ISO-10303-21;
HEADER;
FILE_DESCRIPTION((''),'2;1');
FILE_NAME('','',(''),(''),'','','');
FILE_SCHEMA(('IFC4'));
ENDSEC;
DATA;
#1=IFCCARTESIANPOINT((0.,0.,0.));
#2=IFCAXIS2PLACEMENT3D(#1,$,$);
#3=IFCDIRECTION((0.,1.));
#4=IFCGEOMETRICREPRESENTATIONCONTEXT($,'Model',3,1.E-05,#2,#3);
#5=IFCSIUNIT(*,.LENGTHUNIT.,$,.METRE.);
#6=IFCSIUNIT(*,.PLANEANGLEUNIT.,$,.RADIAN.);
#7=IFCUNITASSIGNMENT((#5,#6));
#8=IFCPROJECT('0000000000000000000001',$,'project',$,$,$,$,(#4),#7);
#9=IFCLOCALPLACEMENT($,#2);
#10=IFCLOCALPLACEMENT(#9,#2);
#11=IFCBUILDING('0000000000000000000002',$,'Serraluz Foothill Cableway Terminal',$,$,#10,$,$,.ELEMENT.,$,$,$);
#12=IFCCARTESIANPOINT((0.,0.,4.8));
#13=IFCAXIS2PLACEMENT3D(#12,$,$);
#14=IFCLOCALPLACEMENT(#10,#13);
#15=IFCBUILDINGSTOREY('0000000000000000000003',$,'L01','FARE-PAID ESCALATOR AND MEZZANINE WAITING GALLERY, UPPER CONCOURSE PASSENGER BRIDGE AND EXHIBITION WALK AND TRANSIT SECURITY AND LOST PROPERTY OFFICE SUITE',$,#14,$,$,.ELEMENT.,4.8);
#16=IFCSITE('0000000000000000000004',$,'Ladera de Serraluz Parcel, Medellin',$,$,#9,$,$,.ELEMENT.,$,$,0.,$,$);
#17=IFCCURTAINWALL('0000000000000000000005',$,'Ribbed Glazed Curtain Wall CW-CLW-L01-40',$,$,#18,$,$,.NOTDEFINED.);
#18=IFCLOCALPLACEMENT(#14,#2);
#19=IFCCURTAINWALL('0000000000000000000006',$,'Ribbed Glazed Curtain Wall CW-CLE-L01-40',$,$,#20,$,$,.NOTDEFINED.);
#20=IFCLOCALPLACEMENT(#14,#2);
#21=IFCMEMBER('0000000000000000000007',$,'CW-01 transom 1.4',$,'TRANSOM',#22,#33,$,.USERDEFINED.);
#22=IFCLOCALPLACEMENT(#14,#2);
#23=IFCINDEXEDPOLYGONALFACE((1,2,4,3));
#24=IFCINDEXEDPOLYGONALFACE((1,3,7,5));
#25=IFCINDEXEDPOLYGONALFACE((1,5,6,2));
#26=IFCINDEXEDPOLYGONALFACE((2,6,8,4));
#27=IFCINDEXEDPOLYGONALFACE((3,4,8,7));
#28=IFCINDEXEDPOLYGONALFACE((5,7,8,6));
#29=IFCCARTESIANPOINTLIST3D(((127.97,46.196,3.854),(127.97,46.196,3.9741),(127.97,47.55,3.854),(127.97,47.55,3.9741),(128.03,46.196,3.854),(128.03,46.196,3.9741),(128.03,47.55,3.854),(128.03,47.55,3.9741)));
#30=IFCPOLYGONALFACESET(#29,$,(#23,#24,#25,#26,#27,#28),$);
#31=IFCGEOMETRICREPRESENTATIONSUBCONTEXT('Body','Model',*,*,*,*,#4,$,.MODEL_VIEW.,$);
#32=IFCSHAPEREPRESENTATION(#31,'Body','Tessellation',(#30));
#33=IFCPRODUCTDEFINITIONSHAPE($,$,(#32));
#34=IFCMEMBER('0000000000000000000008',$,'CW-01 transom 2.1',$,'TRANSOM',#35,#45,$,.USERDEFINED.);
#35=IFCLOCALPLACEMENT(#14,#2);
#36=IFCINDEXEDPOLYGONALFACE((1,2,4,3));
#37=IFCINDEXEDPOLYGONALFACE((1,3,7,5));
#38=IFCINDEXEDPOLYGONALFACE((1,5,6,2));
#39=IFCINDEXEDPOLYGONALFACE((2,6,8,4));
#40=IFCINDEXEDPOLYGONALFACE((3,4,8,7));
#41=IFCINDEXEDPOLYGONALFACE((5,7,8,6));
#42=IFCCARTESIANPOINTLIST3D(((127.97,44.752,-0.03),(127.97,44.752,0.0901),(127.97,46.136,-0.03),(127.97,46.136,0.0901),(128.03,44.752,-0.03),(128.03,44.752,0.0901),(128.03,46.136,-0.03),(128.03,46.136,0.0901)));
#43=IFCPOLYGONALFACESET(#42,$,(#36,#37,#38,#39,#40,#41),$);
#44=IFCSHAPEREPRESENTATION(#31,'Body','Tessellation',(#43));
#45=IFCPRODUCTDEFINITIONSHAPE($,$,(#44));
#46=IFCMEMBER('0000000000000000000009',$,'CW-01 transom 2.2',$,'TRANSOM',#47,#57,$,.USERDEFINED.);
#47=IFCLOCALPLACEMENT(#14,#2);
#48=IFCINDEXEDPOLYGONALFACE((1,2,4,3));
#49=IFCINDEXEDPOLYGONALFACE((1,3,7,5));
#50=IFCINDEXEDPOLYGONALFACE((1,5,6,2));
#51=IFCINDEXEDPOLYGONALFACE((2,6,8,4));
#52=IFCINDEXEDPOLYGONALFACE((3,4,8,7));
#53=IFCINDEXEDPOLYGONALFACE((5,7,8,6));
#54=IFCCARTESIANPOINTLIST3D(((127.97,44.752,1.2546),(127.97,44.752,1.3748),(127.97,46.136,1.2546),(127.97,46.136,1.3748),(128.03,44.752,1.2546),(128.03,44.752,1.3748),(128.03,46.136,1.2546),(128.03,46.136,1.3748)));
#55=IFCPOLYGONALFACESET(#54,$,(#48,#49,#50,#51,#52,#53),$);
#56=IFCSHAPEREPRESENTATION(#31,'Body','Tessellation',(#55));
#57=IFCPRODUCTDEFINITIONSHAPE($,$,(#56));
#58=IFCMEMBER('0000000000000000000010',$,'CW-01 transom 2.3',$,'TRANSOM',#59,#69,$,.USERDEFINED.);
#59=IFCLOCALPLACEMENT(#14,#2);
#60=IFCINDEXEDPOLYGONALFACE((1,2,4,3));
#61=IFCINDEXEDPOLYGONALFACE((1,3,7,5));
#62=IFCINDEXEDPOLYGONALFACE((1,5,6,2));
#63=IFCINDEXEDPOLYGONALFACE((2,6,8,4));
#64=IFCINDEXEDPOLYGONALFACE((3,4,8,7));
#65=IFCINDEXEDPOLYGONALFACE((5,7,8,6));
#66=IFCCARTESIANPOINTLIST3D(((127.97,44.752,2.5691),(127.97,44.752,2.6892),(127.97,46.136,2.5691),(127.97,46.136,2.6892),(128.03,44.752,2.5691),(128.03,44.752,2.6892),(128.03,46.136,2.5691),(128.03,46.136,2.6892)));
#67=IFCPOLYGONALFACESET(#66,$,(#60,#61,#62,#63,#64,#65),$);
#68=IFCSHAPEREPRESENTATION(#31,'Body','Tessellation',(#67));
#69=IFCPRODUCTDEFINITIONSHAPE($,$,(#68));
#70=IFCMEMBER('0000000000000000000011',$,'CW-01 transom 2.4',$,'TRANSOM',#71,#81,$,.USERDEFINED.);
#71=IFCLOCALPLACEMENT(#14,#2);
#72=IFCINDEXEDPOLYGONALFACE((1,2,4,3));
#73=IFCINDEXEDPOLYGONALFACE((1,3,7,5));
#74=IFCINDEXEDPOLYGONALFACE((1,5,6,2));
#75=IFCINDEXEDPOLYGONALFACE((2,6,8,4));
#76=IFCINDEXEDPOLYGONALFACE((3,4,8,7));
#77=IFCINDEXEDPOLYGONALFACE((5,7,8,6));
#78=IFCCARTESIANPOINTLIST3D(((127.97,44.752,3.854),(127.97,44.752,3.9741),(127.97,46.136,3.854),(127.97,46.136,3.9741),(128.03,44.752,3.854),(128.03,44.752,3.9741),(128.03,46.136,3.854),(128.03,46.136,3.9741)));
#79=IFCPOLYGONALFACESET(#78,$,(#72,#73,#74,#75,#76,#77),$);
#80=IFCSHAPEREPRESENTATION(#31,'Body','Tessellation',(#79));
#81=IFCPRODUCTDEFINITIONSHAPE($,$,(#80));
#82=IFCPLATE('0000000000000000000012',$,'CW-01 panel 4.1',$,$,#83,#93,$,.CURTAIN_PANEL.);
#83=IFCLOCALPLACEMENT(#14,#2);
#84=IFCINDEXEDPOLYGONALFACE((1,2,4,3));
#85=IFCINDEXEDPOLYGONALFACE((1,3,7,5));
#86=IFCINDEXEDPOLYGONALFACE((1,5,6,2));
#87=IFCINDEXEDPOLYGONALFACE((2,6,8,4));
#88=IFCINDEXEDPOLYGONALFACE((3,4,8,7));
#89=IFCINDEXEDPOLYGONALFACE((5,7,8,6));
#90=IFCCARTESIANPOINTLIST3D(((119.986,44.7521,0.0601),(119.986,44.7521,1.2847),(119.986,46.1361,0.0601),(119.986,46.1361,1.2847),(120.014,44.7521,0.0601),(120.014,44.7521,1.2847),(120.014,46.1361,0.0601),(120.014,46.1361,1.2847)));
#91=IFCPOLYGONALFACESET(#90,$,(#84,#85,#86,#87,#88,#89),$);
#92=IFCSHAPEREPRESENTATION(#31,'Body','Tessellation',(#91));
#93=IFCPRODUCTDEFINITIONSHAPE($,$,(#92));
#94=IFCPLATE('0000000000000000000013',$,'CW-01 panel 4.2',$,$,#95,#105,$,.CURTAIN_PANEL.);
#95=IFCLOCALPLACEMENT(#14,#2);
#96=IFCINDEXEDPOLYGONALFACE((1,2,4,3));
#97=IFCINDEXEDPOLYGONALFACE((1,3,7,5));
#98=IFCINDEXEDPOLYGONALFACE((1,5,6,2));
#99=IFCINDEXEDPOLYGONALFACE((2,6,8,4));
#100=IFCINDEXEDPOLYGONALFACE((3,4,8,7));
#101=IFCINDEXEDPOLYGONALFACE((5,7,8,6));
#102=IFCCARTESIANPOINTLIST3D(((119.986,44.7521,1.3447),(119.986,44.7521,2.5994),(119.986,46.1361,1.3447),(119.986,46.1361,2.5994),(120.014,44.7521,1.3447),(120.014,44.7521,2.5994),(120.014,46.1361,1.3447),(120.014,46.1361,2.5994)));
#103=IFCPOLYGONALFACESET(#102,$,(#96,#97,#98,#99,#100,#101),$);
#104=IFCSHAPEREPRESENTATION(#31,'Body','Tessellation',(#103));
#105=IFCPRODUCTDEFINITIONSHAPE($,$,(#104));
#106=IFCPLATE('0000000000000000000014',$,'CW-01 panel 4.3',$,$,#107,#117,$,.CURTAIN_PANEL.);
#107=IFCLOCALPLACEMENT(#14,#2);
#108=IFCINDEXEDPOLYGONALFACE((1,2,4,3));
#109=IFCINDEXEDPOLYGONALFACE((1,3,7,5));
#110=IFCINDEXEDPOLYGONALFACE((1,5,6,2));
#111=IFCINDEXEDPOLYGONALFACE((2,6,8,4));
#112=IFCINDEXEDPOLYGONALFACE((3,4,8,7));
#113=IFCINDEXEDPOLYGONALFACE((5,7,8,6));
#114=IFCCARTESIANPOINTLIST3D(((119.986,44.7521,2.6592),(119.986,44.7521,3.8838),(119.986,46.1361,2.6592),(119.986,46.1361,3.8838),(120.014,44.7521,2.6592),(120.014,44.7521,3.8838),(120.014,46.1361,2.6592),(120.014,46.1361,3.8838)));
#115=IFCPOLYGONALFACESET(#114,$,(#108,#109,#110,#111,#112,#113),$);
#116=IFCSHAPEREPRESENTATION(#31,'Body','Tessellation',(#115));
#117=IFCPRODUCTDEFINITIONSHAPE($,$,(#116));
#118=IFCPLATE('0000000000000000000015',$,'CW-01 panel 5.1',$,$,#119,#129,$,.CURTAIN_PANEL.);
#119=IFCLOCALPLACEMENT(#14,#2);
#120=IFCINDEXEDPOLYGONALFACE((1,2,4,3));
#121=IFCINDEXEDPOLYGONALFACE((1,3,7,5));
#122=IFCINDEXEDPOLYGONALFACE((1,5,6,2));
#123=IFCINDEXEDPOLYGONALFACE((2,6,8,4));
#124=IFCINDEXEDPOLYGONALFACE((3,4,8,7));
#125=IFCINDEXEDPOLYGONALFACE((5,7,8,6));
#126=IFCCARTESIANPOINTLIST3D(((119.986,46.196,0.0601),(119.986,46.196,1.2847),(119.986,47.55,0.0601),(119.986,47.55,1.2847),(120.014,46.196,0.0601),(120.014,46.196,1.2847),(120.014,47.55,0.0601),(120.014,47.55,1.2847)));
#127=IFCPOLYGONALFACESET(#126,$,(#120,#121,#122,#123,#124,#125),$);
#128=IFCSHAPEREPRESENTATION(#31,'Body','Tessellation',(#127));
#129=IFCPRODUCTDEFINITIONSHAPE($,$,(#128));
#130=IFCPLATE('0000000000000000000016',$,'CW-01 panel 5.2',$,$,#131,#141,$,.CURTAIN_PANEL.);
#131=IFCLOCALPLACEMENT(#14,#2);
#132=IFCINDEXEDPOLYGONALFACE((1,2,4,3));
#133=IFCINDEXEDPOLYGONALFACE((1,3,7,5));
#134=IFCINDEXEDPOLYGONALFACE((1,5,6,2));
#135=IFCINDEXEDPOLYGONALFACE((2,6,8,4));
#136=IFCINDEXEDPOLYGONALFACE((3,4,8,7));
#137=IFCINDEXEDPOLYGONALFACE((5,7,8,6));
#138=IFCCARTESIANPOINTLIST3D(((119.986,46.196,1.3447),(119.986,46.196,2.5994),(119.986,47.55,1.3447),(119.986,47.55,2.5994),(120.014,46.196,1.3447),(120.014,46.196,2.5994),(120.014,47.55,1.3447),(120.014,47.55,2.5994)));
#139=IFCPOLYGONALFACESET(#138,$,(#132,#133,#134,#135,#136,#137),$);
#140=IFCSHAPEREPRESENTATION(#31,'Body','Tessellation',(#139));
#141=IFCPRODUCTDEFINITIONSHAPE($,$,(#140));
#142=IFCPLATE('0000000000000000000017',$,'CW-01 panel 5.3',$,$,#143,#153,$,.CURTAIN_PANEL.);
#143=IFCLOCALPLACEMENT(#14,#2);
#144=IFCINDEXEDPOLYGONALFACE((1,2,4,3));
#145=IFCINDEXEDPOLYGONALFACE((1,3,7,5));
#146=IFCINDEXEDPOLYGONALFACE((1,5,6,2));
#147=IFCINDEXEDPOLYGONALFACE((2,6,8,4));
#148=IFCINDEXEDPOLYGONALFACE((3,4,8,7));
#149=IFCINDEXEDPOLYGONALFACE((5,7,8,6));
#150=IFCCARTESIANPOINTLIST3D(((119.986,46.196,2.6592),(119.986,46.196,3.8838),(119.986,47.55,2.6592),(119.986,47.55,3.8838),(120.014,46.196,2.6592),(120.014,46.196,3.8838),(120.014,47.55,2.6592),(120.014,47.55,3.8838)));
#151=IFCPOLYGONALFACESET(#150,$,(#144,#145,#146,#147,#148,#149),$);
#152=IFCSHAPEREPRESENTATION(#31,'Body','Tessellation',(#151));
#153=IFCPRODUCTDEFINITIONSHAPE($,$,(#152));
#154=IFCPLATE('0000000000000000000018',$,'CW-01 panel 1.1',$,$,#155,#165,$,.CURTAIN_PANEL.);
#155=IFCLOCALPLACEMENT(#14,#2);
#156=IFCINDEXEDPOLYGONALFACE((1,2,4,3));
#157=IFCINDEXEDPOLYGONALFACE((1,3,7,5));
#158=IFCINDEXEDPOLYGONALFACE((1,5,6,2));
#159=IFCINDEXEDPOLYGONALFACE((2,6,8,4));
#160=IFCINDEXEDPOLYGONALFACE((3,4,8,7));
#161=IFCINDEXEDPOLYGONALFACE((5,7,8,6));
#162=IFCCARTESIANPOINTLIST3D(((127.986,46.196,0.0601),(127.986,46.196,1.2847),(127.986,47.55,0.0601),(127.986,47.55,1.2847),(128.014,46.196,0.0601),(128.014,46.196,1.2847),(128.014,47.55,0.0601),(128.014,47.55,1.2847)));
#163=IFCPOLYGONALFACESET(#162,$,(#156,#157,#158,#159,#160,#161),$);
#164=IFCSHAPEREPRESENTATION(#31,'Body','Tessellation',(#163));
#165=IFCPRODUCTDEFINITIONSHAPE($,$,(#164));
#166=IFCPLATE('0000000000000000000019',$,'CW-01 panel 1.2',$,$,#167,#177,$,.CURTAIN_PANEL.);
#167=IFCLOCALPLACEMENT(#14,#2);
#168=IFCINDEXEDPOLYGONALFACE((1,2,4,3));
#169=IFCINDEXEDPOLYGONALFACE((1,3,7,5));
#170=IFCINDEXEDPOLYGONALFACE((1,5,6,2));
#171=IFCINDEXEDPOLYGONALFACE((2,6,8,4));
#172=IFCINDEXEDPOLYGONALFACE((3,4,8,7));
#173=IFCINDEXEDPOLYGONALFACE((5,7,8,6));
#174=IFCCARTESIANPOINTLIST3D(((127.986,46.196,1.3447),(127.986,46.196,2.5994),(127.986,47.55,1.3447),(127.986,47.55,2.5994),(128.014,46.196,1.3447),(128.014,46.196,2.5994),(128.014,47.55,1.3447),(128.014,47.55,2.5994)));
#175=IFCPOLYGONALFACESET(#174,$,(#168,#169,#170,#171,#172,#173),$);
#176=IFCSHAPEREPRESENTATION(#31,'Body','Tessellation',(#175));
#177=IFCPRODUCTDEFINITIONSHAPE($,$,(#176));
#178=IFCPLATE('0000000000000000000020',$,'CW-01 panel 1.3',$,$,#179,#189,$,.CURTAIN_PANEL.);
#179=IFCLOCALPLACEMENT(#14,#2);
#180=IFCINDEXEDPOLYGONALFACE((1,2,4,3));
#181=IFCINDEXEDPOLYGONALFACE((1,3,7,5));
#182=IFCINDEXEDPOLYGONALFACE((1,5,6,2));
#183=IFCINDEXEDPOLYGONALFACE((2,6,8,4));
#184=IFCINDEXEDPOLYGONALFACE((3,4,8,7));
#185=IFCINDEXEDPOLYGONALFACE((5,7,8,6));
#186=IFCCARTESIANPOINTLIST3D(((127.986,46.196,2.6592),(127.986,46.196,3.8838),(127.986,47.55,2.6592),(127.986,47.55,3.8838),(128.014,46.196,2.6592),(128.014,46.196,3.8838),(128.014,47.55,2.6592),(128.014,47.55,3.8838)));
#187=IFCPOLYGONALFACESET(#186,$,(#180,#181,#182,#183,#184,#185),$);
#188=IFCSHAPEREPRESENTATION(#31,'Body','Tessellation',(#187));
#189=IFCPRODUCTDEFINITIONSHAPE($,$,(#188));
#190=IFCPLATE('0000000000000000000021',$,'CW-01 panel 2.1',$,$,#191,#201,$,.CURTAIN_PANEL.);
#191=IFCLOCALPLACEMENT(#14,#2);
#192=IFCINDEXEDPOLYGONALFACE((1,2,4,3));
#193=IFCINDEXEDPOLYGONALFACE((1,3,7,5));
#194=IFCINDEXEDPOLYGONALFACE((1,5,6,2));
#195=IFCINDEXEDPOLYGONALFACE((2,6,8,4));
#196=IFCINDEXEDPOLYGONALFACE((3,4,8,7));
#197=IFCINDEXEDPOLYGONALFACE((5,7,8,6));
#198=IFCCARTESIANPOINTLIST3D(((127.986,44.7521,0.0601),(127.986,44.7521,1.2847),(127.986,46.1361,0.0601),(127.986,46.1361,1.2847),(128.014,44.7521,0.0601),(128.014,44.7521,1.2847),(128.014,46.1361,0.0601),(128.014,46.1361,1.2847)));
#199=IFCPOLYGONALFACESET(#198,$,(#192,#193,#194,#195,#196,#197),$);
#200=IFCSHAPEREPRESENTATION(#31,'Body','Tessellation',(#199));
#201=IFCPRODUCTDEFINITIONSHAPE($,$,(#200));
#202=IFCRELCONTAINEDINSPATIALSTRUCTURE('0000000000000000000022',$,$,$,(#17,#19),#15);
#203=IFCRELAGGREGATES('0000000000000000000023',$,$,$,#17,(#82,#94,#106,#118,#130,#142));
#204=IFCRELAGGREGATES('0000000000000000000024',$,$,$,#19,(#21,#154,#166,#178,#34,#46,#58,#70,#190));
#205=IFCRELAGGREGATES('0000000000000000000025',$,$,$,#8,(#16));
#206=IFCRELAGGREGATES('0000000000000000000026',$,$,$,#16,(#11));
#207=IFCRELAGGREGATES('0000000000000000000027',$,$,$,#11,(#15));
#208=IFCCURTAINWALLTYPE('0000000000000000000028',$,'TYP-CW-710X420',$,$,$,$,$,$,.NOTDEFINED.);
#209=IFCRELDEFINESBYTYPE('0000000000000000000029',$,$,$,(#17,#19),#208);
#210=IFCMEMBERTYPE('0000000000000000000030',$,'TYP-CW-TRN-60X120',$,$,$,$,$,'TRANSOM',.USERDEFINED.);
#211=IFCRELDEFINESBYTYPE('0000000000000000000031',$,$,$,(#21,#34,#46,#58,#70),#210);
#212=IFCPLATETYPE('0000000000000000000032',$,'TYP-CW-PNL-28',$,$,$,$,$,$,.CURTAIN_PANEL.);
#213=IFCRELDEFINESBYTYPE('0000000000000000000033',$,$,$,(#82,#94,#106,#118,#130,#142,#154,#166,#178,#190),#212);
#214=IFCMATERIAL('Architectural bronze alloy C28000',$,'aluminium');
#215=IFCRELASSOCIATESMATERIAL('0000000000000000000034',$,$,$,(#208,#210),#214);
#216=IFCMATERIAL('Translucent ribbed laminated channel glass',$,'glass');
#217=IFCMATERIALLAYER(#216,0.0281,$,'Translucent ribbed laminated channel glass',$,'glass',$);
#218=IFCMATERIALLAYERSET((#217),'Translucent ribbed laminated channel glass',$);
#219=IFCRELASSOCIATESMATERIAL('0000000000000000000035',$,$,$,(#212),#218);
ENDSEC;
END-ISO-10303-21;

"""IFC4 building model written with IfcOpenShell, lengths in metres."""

from ifc_helpers import new_model, si_unit, direction, frame, origin, origin_2d, place, context, subcontext, project, spatial, rectangle, extrude, material, layer, layer_set, material_profile, profile_set, type_object, element, aggregate, save


model = new_model("IFC4")

# Units and contexts
model_context = context("Model", 3, precision=1e-05, world=origin(), true_north=direction((0.0, 1.0)))
body_context = subcontext(model_context, "Body", "Model", "MODEL_VIEW")
ifc_project = project(units=[si_unit("LENGTHUNIT", "METRE"), si_unit("PLANEANGLEUNIT", "RADIAN")], contexts=[model_context])

# Site, building, storey
site_placement = place(None, origin())
site = spatial("IfcSite", under=ifc_project, at=site_placement, Name="Ladera de Serraluz Parcel, Medellin", CompositionType="ELEMENT", RefElevation=0.0)
building_placement = place(site_placement, origin())
building = spatial("IfcBuilding", under=site, at=building_placement, Name="Serraluz Foothill Cableway Terminal", CompositionType="ELEMENT")
storey_placement = place(building_placement, frame((0.0, 0.0, 4.8)))
storey = spatial("IfcBuildingStorey", under=building, at=storey_placement, Name="L01", Description="FARE-PAID ESCALATOR AND MEZZANINE WAITING GALLERY, UPPER CONCOURSE PASSENGER BRIDGE AND EXHIBITION WALK AND TRANSIT SECURITY AND LOST PROPERTY OFFICE SUITE", CompositionType="ELEMENT", Elevation=4.8)

# Curtain walls
ifc_material_1 = material(Name="Architectural bronze alloy C28000", Category="aluminium")
curtain_wall_type = type_object("IfcCurtainWallType", Name="TYP-CW-710X420", PredefinedType="NOTDEFINED", material=ifc_material_1)
curtain_wall_1_placement = place(storey_placement, origin())
curtain_wall_1 = element("IfcCurtainWall", 1, at=curtain_wall_1_placement, inside=storey, type_object=curtain_wall_type, Name="Ribbed Glazed Curtain Wall CW-CLW-L01-40", PredefinedType="NOTDEFINED")
curtain_wall_2_placement = place(storey_placement, origin())
curtain_wall_2 = element("IfcCurtainWall", 2, at=curtain_wall_2_placement, inside=storey, type_object=curtain_wall_type, Name="Ribbed Glazed Curtain Wall CW-CLE-L01-40", PredefinedType="NOTDEFINED")

# Members
ifc_material_profile_1 = material_profile(ifc_material_1, rectangle(XDim=0.0601, YDim=0.1201, at=origin_2d()), Name="ALU TRANSOM 60x120")
ifc_profile_set_1 = profile_set([ifc_material_profile_1], Name="Architectural bronze alloy C28000")
member_type_1 = type_object("IfcMemberType", Name="TYP-CW-TRN-60X120", ElementType="TRANSOM", PredefinedType="USERDEFINED", material=ifc_profile_set_1)
member_1_placement = place(storey_placement, frame((128.0, 47.55, 3.9141), z_axis=(0.0, -1.0, 0.0), x_axis=(1.0, 0.0, 0.0)))
member_1 = element("IfcMember", 3, at=member_1_placement, type_object=member_type_1, Name="CW-01 transom 1.4", ObjectType="TRANSOM", PredefinedType="USERDEFINED", context=body_context, shape_type="SweptSolid", body=[
    extrude(rectangle(XDim=0.0601, YDim=0.1201, at=origin_2d()), origin(), (0.0, 0.0, 1.0), 1.354),
])
member_2_placement = place(storey_placement, frame((128.0, 46.136, 0.03), z_axis=(0.0, -1.0, 0.0), x_axis=(1.0, 0.0, 0.0)))
member_2 = element("IfcMember", 4, at=member_2_placement, type_object=member_type_1, Name="CW-01 transom 2.1", ObjectType="TRANSOM", PredefinedType="USERDEFINED", context=body_context, shape_type="SweptSolid", body=[
    extrude(rectangle(XDim=0.0601, YDim=0.1201, at=origin_2d()), origin(), (0.0, 0.0, 1.0), 1.384),
])
member_3_placement = place(storey_placement, frame((128.0, 46.136, 1.3147), z_axis=(0.0, -1.0, 0.0), x_axis=(1.0, 0.0, 0.0)))
member_3 = element("IfcMember", 5, at=member_3_placement, type_object=member_type_1, Name="CW-01 transom 2.2", ObjectType="TRANSOM", PredefinedType="USERDEFINED", context=body_context, shape_type="SweptSolid", body=[
    extrude(rectangle(XDim=0.0601, YDim=0.1201, at=origin_2d()), origin(), (0.0, 0.0, 1.0), 1.384),
])
member_4_placement = place(storey_placement, frame((128.0, 46.136, 2.6292), z_axis=(0.0, -1.0, 0.0), x_axis=(1.0, 0.0, 0.0)))
member_4 = element("IfcMember", 6, at=member_4_placement, type_object=member_type_1, Name="CW-01 transom 2.3", ObjectType="TRANSOM", PredefinedType="USERDEFINED", context=body_context, shape_type="SweptSolid", body=[
    extrude(rectangle(XDim=0.0601, YDim=0.1201, at=origin_2d()), origin(), (0.0, 0.0, 1.0), 1.384),
])
member_5_placement = place(storey_placement, frame((128.0, 46.136, 3.9141), z_axis=(0.0, -1.0, 0.0), x_axis=(1.0, 0.0, 0.0)))
member_5 = element("IfcMember", 7, at=member_5_placement, type_object=member_type_1, Name="CW-01 transom 2.4", ObjectType="TRANSOM", PredefinedType="USERDEFINED", context=body_context, shape_type="SweptSolid", body=[
    extrude(rectangle(XDim=0.0601, YDim=0.1201, at=origin_2d()), origin(), (0.0, 0.0, 1.0), 1.384),
])

# Plates
ifc_material_2 = material(Name="Translucent ribbed laminated channel glass", Category="glass")
ifc_layer = layer(ifc_material_2, 0.0281, Name="Translucent ribbed laminated channel glass", Category="glass")
ifc_layer_set = layer_set([ifc_layer], Name="Translucent ribbed laminated channel glass")
plate_type = type_object("IfcPlateType", Name="TYP-CW-PNL-28", PredefinedType="CURTAIN_PANEL", material=ifc_layer_set)
plate_1_placement = place(storey_placement, frame((120.0, 45.4441, 0.0601), z_axis=(0.0, 0.0, 1.0), x_axis=(0.0, 1.0, 0.0)))
plate_1 = element("IfcPlate", 8, at=plate_1_placement, type_object=plate_type, Name="CW-01 panel 4.1", PredefinedType="CURTAIN_PANEL", context=body_context, shape_type="SweptSolid", body=[
    extrude(rectangle(XDim=1.384, YDim=0.0281, at=origin_2d()), origin(), (0.0, 0.0, 1.0), 1.2246),
])
plate_2_placement = place(storey_placement, frame((120.0, 45.4441, 1.3447), z_axis=(0.0, 0.0, 1.0), x_axis=(0.0, 1.0, 0.0)))
plate_2 = element("IfcPlate", 9, at=plate_2_placement, type_object=plate_type, Name="CW-01 panel 4.2", PredefinedType="CURTAIN_PANEL", context=body_context, shape_type="SweptSolid", body=[
    extrude(rectangle(XDim=1.384, YDim=0.0281, at=origin_2d()), origin(), (0.0, 0.0, 1.0), 1.2546),
])
plate_3_placement = place(storey_placement, frame((120.0, 45.4441, 2.6592), z_axis=(0.0, 0.0, 1.0), x_axis=(0.0, 1.0, 0.0)))
plate_3 = element("IfcPlate", 10, at=plate_3_placement, type_object=plate_type, Name="CW-01 panel 4.3", PredefinedType="CURTAIN_PANEL", context=body_context, shape_type="SweptSolid", body=[
    extrude(rectangle(XDim=1.384, YDim=0.0281, at=origin_2d()), origin(), (0.0, 0.0, 1.0), 1.2246),
])
plate_4_placement = place(storey_placement, frame((120.0, 46.873, 0.0601), z_axis=(0.0, 0.0, 1.0), x_axis=(0.0, 1.0, 0.0)))
plate_4 = element("IfcPlate", 11, at=plate_4_placement, type_object=plate_type, Name="CW-01 panel 5.1", PredefinedType="CURTAIN_PANEL", context=body_context, shape_type="SweptSolid", body=[
    extrude(rectangle(XDim=1.354, YDim=0.0281, at=origin_2d()), origin(), (0.0, 0.0, 1.0), 1.2246),
])
plate_5_placement = place(storey_placement, frame((120.0, 46.873, 1.3447), z_axis=(0.0, 0.0, 1.0), x_axis=(0.0, 1.0, 0.0)))
plate_5 = element("IfcPlate", 12, at=plate_5_placement, type_object=plate_type, Name="CW-01 panel 5.2", PredefinedType="CURTAIN_PANEL", context=body_context, shape_type="SweptSolid", body=[
    extrude(rectangle(XDim=1.354, YDim=0.0281, at=origin_2d()), origin(), (0.0, 0.0, 1.0), 1.2546),
])
plate_6_placement = place(storey_placement, frame((120.0, 46.873, 2.6592), z_axis=(0.0, 0.0, 1.0), x_axis=(0.0, 1.0, 0.0)))
plate_6 = element("IfcPlate", 13, at=plate_6_placement, type_object=plate_type, Name="CW-01 panel 5.3", PredefinedType="CURTAIN_PANEL", context=body_context, shape_type="SweptSolid", body=[
    extrude(rectangle(XDim=1.354, YDim=0.0281, at=origin_2d()), origin(), (0.0, 0.0, 1.0), 1.2246),
])
aggregate(curtain_wall_1, [plate_1, plate_2, plate_3, plate_4, plate_5, plate_6])
plate_7_placement = place(storey_placement, frame((128.0, 46.873, 0.0601), z_axis=(0.0, 0.0, 1.0), x_axis=(0.0, -1.0, 0.0)))
plate_7 = element("IfcPlate", 14, at=plate_7_placement, type_object=plate_type, Name="CW-01 panel 1.1", PredefinedType="CURTAIN_PANEL", context=body_context, shape_type="SweptSolid", body=[
    extrude(rectangle(XDim=1.354, YDim=0.0281, at=origin_2d()), origin(), (0.0, 0.0, 1.0), 1.2246),
])
plate_8_placement = place(storey_placement, frame((128.0, 46.873, 1.3447), z_axis=(0.0, 0.0, 1.0), x_axis=(0.0, -1.0, 0.0)))
plate_8 = element("IfcPlate", 15, at=plate_8_placement, type_object=plate_type, Name="CW-01 panel 1.2", PredefinedType="CURTAIN_PANEL", context=body_context, shape_type="SweptSolid", body=[
    extrude(rectangle(XDim=1.354, YDim=0.0281, at=origin_2d()), origin(), (0.0, 0.0, 1.0), 1.2546),
])
plate_9_placement = place(storey_placement, frame((128.0, 46.873, 2.6592), z_axis=(0.0, 0.0, 1.0), x_axis=(0.0, -1.0, 0.0)))
plate_9 = element("IfcPlate", 16, at=plate_9_placement, type_object=plate_type, Name="CW-01 panel 1.3", PredefinedType="CURTAIN_PANEL", context=body_context, shape_type="SweptSolid", body=[
    extrude(rectangle(XDim=1.354, YDim=0.0281, at=origin_2d()), origin(), (0.0, 0.0, 1.0), 1.2246),
])
plate_10_placement = place(storey_placement, frame((128.0, 45.4441, 0.0601), z_axis=(0.0, 0.0, 1.0), x_axis=(0.0, -1.0, 0.0)))
plate_10 = element("IfcPlate", 17, at=plate_10_placement, type_object=plate_type, Name="CW-01 panel 2.1", PredefinedType="CURTAIN_PANEL", context=body_context, shape_type="SweptSolid", body=[
    extrude(rectangle(XDim=1.384, YDim=0.0281, at=origin_2d()), origin(), (0.0, 0.0, 1.0), 1.2246),
])
aggregate(curtain_wall_2, [member_1, plate_7, plate_8, plate_9, member_2, member_3, member_4, member_5, plate_10])

save(model, "model.ifc")
